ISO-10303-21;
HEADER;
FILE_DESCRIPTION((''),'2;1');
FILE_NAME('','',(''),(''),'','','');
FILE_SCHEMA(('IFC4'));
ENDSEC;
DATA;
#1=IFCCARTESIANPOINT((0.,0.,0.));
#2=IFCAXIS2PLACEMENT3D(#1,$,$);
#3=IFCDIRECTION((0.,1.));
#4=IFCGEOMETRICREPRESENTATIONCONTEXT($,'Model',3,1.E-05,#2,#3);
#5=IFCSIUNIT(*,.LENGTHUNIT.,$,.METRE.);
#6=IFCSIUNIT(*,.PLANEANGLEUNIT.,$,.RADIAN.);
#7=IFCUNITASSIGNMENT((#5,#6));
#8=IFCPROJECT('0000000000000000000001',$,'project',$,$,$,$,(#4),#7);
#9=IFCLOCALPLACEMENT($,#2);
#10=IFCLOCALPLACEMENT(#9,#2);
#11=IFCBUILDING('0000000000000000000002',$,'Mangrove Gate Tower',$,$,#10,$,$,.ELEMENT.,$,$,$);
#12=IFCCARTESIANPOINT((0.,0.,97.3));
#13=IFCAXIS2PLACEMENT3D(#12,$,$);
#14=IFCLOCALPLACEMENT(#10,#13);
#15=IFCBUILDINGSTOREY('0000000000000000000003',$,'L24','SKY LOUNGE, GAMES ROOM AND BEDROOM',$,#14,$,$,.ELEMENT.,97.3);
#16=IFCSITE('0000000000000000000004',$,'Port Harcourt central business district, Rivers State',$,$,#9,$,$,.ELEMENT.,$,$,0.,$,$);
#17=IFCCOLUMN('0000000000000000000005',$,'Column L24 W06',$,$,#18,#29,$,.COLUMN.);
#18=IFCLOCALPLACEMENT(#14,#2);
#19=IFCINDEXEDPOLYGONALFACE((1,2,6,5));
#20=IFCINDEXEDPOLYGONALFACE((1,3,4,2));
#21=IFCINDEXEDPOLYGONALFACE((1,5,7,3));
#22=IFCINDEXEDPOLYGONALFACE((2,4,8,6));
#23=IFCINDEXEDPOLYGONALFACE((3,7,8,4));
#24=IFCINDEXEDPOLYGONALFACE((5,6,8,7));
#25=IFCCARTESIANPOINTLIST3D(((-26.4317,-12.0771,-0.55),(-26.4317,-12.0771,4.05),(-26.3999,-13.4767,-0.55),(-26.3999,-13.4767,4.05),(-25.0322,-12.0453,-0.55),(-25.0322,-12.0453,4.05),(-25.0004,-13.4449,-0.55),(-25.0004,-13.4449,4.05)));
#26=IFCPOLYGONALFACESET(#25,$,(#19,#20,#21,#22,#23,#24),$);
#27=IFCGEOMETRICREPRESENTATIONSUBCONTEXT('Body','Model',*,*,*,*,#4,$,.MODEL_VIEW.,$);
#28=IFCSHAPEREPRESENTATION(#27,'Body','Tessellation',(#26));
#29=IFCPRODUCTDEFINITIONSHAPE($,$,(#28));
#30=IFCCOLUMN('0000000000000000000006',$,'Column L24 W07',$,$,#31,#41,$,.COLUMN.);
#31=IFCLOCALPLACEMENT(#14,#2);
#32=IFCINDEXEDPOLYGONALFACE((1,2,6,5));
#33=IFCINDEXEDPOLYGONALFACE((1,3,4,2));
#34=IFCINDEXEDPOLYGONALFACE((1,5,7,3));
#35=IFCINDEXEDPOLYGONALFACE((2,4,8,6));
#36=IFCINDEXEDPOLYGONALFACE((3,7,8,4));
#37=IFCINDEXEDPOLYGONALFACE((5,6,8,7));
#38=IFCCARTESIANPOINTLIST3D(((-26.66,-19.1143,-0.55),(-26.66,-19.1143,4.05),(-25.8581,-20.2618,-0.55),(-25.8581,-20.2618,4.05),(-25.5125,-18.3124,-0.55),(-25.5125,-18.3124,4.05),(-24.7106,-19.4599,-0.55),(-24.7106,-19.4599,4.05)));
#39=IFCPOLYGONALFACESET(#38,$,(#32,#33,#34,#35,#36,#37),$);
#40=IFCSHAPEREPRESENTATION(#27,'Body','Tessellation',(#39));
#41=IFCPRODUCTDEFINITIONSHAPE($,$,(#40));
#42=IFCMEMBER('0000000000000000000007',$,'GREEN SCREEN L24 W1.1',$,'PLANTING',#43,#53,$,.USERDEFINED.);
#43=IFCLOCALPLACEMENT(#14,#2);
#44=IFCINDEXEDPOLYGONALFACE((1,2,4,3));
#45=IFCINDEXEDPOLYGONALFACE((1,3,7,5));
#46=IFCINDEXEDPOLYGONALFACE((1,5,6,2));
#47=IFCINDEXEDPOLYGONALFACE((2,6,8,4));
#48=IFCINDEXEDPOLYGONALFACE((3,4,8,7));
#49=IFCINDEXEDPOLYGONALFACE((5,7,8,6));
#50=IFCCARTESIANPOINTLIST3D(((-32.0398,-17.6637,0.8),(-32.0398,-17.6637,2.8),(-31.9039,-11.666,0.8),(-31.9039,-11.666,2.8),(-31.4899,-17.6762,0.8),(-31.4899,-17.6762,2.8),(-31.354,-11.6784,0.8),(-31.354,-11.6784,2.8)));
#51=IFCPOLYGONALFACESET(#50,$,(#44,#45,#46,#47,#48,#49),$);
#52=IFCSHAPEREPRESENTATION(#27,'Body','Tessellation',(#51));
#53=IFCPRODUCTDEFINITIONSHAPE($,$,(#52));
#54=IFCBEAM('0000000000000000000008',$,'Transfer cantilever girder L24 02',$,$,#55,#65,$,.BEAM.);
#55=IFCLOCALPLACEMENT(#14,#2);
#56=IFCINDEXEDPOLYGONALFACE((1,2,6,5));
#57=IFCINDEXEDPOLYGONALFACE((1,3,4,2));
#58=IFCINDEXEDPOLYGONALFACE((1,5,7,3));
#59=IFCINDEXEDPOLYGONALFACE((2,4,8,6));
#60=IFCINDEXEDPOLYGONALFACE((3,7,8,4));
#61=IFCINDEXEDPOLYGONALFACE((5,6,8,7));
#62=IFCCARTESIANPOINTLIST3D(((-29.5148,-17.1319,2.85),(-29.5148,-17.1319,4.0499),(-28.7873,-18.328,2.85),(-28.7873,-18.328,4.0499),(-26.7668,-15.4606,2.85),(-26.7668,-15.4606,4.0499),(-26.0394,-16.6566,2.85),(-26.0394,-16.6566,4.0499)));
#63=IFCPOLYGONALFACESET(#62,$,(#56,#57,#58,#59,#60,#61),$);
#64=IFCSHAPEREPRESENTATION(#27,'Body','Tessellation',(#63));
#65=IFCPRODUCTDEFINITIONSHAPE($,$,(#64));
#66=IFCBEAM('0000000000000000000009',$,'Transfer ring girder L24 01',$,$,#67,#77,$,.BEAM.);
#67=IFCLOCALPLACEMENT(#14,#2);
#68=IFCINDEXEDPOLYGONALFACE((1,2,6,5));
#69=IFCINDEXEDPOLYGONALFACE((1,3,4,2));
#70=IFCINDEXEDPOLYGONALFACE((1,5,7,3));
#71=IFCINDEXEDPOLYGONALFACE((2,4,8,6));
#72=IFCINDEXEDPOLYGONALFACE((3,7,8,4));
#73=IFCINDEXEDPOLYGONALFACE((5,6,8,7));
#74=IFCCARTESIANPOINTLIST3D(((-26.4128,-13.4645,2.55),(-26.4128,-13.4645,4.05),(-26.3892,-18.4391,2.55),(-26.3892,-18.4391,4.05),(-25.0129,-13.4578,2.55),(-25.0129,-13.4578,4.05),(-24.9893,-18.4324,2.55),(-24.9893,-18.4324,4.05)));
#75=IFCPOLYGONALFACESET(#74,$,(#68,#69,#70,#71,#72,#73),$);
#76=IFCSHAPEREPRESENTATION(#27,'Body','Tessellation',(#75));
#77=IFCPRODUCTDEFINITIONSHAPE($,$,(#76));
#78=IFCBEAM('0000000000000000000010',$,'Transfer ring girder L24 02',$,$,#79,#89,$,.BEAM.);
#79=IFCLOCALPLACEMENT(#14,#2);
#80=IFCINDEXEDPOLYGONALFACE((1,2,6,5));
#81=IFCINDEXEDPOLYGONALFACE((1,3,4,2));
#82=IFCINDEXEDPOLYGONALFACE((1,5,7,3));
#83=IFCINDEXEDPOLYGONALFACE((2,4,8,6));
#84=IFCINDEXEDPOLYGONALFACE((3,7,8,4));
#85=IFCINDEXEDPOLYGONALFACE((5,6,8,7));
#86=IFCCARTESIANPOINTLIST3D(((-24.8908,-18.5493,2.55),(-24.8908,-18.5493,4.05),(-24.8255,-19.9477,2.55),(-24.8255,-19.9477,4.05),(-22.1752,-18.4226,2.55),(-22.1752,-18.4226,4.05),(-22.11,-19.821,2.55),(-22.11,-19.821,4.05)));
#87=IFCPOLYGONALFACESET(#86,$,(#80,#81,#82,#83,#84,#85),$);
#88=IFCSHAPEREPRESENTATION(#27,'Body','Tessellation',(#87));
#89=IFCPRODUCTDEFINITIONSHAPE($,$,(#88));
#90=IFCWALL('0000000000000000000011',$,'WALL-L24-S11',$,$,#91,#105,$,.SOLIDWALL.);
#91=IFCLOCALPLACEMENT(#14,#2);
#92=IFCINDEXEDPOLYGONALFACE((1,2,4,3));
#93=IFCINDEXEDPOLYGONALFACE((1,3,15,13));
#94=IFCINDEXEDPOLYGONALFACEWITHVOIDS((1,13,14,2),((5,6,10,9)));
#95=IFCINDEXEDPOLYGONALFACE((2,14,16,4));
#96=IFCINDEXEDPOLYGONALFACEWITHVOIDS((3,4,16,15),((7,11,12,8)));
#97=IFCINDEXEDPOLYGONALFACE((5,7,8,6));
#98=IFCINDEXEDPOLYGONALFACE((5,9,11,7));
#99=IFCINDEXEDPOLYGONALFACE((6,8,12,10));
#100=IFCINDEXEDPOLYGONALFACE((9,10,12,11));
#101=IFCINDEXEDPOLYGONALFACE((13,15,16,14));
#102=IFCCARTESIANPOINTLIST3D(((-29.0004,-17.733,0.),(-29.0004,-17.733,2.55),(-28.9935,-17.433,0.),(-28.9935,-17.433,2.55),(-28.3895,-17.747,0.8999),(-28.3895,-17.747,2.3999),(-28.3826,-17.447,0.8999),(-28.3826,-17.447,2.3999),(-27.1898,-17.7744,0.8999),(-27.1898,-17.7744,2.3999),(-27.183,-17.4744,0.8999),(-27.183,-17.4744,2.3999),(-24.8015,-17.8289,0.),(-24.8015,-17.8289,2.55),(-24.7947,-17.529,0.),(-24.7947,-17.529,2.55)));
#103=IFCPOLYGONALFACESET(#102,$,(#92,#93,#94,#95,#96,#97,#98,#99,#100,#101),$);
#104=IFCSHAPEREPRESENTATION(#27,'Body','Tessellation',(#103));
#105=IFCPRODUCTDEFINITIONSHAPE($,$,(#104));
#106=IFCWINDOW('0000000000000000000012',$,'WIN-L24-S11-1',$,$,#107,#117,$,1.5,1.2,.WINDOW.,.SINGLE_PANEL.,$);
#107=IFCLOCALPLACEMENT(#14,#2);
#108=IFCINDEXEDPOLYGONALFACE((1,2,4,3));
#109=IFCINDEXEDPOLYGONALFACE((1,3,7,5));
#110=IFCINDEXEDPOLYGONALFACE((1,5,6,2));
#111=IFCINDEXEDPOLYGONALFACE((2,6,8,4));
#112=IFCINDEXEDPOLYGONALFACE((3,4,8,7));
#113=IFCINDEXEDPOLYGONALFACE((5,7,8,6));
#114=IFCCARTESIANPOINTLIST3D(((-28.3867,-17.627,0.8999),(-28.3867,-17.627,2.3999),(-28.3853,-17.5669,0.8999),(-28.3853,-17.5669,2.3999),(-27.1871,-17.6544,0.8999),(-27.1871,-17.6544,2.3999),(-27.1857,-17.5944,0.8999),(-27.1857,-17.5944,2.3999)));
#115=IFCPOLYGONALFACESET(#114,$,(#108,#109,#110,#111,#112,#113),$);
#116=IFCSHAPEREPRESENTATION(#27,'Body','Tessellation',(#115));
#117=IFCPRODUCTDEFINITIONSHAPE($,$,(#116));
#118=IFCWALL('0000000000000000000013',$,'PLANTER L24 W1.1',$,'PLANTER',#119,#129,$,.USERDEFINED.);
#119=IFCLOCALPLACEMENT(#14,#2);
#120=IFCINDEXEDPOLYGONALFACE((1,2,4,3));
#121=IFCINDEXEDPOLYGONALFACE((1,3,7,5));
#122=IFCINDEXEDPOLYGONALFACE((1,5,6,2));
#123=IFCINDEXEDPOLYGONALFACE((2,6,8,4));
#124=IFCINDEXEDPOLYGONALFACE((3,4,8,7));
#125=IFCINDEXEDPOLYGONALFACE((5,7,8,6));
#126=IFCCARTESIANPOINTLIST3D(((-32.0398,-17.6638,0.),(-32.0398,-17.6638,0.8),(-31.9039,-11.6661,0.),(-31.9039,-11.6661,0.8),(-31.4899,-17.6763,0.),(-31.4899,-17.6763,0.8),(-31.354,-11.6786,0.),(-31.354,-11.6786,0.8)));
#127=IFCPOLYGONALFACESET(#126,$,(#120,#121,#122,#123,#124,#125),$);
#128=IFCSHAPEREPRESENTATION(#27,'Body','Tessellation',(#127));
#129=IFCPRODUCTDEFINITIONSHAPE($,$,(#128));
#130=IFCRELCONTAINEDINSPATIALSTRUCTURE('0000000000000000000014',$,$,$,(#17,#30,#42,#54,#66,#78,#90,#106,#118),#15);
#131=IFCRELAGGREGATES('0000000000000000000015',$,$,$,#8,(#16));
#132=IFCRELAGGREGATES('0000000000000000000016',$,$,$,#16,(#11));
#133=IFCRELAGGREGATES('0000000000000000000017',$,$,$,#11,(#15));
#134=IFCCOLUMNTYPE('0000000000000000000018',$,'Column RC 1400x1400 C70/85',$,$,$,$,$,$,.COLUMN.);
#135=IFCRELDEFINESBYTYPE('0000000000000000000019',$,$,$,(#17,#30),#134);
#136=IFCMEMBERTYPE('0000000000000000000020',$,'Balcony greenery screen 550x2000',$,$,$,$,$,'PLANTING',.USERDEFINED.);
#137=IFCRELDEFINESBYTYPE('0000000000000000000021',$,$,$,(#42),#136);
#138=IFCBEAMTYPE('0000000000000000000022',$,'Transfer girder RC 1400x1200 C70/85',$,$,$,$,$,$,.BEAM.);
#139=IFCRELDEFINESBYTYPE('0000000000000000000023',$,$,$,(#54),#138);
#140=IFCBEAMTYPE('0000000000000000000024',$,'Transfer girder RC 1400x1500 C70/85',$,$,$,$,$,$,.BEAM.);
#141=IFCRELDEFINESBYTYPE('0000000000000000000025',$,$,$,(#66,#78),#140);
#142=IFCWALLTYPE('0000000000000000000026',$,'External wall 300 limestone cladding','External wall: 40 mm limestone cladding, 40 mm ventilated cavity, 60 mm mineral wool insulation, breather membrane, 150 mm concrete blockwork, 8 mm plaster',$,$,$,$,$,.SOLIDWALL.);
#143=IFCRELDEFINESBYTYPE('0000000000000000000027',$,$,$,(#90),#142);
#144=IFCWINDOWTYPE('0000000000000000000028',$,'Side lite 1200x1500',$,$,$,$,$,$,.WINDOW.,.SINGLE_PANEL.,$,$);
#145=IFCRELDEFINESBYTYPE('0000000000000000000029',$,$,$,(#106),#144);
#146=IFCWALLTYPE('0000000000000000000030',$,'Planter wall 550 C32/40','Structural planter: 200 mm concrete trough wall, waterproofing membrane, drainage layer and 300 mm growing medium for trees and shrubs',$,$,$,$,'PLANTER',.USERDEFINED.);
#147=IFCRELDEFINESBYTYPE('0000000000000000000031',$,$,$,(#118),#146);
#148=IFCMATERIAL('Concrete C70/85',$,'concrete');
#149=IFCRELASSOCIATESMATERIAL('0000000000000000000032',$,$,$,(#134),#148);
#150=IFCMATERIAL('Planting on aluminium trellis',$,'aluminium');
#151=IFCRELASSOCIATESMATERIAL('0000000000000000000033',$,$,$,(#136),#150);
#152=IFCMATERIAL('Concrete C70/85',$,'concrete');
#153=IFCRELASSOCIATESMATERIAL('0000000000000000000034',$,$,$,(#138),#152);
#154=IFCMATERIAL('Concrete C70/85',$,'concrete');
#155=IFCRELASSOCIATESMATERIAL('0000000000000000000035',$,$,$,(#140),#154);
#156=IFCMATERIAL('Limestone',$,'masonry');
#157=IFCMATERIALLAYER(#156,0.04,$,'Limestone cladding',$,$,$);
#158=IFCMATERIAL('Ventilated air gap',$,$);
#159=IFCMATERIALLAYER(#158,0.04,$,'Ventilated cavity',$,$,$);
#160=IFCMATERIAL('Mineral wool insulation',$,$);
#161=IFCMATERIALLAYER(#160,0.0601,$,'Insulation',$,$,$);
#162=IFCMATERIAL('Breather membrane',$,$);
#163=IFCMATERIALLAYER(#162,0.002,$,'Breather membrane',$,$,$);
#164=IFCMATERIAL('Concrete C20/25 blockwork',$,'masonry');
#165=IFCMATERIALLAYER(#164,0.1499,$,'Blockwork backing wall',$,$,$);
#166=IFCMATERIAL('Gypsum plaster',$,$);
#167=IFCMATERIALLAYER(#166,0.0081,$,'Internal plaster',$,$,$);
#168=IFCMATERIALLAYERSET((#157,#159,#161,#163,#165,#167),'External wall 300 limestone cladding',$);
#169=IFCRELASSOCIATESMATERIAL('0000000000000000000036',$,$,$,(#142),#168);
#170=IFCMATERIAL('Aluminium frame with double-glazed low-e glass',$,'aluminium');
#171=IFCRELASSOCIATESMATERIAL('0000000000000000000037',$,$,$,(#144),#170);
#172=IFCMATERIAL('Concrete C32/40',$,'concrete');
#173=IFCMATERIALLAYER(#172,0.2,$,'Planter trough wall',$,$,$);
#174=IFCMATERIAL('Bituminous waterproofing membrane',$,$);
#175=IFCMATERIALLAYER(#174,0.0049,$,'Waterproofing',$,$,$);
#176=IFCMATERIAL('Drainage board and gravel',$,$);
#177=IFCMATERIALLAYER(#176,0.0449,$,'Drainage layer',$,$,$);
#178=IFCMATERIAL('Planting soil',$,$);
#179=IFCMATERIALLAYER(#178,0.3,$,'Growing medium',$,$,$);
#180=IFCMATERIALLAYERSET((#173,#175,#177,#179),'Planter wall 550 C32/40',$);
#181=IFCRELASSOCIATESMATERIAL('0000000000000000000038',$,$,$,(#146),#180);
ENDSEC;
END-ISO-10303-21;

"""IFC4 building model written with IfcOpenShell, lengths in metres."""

from ifc_helpers import new_model, si_unit, direction, frame, frame_2d, origin, origin_2d, place, context, subcontext, project, spatial, rectangle, extrude, material, layer, layer_set, material_profile, profile_set, type_object, element, fill, save


model = new_model("IFC4")

# Units and contexts
model_context = context("Model", 3, precision=1e-05, world=origin(), true_north=direction((0.0, 1.0)))
body_context = subcontext(model_context, "Body", "Model", "MODEL_VIEW")
ifc_project = project(units=[si_unit("LENGTHUNIT", "METRE"), si_unit("PLANEANGLEUNIT", "RADIAN")], contexts=[model_context])

# Site, building, storey
site_placement = place(None, origin())
site = spatial("IfcSite", under=ifc_project, at=site_placement, Name="Port Harcourt central business district, Rivers State", CompositionType="ELEMENT", RefElevation=0.0)
building_placement = place(site_placement, origin())
building = spatial("IfcBuilding", under=site, at=building_placement, Name="Mangrove Gate Tower", CompositionType="ELEMENT")
storey_placement = place(building_placement, frame((0.0, 0.0, 97.3)))
storey = spatial("IfcBuildingStorey", under=building, at=storey_placement, Name="L24", Description="SKY LOUNGE, GAMES ROOM AND BEDROOM", CompositionType="ELEMENT", Elevation=97.3)

# Columns
ifc_material_1 = material(Name="Concrete C70/85", Category="concrete")
ifc_material_profile_1 = material_profile(ifc_material_1, rectangle(XDim=1.3999, YDim=1.3999, at=origin_2d()))
ifc_profile_set_1 = profile_set([ifc_material_profile_1], Name="Concrete C70/85")
column_type = type_object("IfcColumnType", Name="Column RC 1400x1400 C70/85", PredefinedType="COLUMN", material=ifc_profile_set_1)
for number, where, z_axis, x_axis, name in (
    (1, (-25.7161, -12.761, -0.55), (0.0, 0.0, 1.0), (0.022712, -0.999742, 0.0), "Column L24 W06"),
    (2, (-25.6853, -19.2871, -0.55), (0.0, 0.0, 1.0), (0.572799, -0.819696, 0.0), "Column L24 W07"),
):
    element("IfcColumn", number, at=place(storey_placement, frame(where, z_axis=z_axis, x_axis=x_axis)), inside=storey, type_object=column_type, Name=name, PredefinedType="COLUMN", context=body_context, shape_type="SweptSolid", body=[
        extrude(rectangle(XDim=1.3999, YDim=1.3999, at=origin_2d()), origin(), (0.0, 0.0, 1.0), 4.6001),
    ])

# Member
ifc_material_2 = material(Name="Planting on aluminium trellis", Category="aluminium")
ifc_material_profile_2 = material_profile(ifc_material_2, rectangle(XDim=0.55, YDim=2.0, at=origin_2d()))
ifc_profile_set_2 = profile_set([ifc_material_profile_2], Name="Planting on aluminium trellis")
member_type = type_object("IfcMemberType", Name="Balcony greenery screen 550x2000", ElementType="PLANTING", PredefinedType="USERDEFINED", material=ifc_profile_set_2)
member_placement = place(storey_placement, frame((-31.7649, -17.6699, 1.8), z_axis=(0.022667, 0.999743, 0.0), x_axis=(-0.999743, 0.022667, 0.0)))
element("IfcMember", 3, at=member_placement, inside=storey, type_object=member_type, Name="GREEN SCREEN L24 W1.1", ObjectType="PLANTING", PredefinedType="USERDEFINED", context=body_context, shape_type="SweptSolid", body=[
    extrude(rectangle(XDim=0.55, YDim=2.0, at=origin_2d()), origin(), (0.0, 0.0, 1.0), 5.9993),
])

# Beams
ifc_material_3 = material(Name="Concrete C70/85", Category="concrete")
ifc_material_profile_3 = material_profile(ifc_material_3, rectangle(XDim=1.3999, YDim=1.2, at=origin_2d()))
ifc_profile_set_3 = profile_set([ifc_material_profile_3], Name="Concrete C70/85")
beam_type_1 = type_object("IfcBeamType", Name="Transfer girder RC 1400x1200 C70/85", PredefinedType="BEAM", material=ifc_profile_set_3)
beam_1_placement = place(storey_placement, frame((-26.4031, -16.0586, 3.45), z_axis=(-0.854383, -0.519644, 0.0), x_axis=(0.519644, -0.854383, 0.0)))
element("IfcBeam", 4, at=beam_1_placement, inside=storey, type_object=beam_type_1, Name="Transfer cantilever girder L24 02", PredefinedType="BEAM", context=body_context, shape_type="SweptSolid", body=[
    extrude(rectangle(XDim=1.3999, YDim=1.2, at=origin_2d()), origin(), (0.0, 0.0, 1.0), 3.2163),
])
ifc_material_4 = material(Name="Concrete C70/85", Category="concrete")
ifc_material_profile_4 = material_profile(ifc_material_4, rectangle(XDim=1.3999, YDim=1.5, at=origin_2d()))
ifc_profile_set_4 = profile_set([ifc_material_profile_4], Name="Concrete C70/85")
beam_type_2 = type_object("IfcBeamType", Name="Transfer girder RC 1400x1500 C70/85", PredefinedType="BEAM", material=ifc_profile_set_4)
beam_2_placement = place(storey_placement, frame((-25.7129, -13.4612, 3.3), z_axis=(0.00476, -0.999989, 0.0), x_axis=(0.999989, 0.00476, 0.0)))
element("IfcBeam", 5, at=beam_2_placement, inside=storey, type_object=beam_type_2, Name="Transfer ring girder L24 01", PredefinedType="BEAM", context=body_context, shape_type="SweptSolid", body=[
    extrude(rectangle(XDim=1.3999, YDim=1.5, at=origin_2d()), origin(), (0.0, 0.0, 1.0), 4.9746),
])
beam_3_placement = place(storey_placement, frame((-24.8582, -19.2485, 3.3), z_axis=(0.998913, 0.046609, 0.0), x_axis=(-0.046609, 0.998913, 0.0)))
element("IfcBeam", 6, at=beam_3_placement, inside=storey, type_object=beam_type_2, Name="Transfer ring girder L24 02", PredefinedType="BEAM", context=body_context, shape_type="SweptSolid", body=[
    extrude(rectangle(XDim=1.3999, YDim=1.5, at=origin_2d()), origin(), (0.0, 0.0, 1.0), 2.7185),
])

# Wall, opening, window
ifc_material_5 = material(Name="Limestone", Category="masonry")
ifc_layer_1 = layer(ifc_material_5, 0.04, Name="Limestone cladding")
ifc_material_6 = material(Name="Ventilated air gap")
ifc_layer_2 = layer(ifc_material_6, 0.04, Name="Ventilated cavity")
ifc_material_7 = material(Name="Mineral wool insulation")
ifc_layer_3 = layer(ifc_material_7, 0.0601, Name="Insulation")
ifc_material_8 = material(Name="Breather membrane")
ifc_layer_4 = layer(ifc_material_8, 0.002, Name="Breather membrane")
ifc_material_9 = material(Name="Concrete C20/25 blockwork", Category="masonry")
ifc_layer_5 = layer(ifc_material_9, 0.1499, Name="Blockwork backing wall")
ifc_material_10 = material(Name="Gypsum plaster")
ifc_layer_6 = layer(ifc_material_10, 0.0081, Name="Internal plaster")
ifc_layer_set_1 = layer_set([ifc_layer_1, ifc_layer_2, ifc_layer_3, ifc_layer_4, ifc_layer_5, ifc_layer_6], Name="External wall 300 limestone cladding")
wall_type_1 = type_object("IfcWallType", Name="External wall 300 limestone cladding", Description="External wall: 40 mm limestone cladding, 40 mm ventilated cavity, 60 mm mineral wool insulation, breather membrane, 150 mm concrete blockwork, 8 mm plaster", PredefinedType="SOLIDWALL", material=ifc_layer_set_1)
wall_1_placement = place(storey_placement, frame((-28.9971, -17.583, 0.0), z_axis=(0.0, 0.0, 1.0), x_axis=(0.999739, -0.022844, 0.0)))
wall_1 = element("IfcWall", 7, at=wall_1_placement, inside=storey, type_object=wall_type_1, Name="WALL-L24-S11", PredefinedType="SOLIDWALL", context=body_context, shape_type="SweptSolid", body=[
    extrude(rectangle(XDim=4.2, YDim=0.3, at=frame_2d((2.1001, 0.0))), origin(), (0.0, 0.0, 1.0), 2.55),
])
opening_1_placement = place(wall_1_placement, frame((0.6111, 0.0, 0.8999)))
opening_1 = element("IfcOpeningElement", 8, at=opening_1_placement, cuts=wall_1, PredefinedType="OPENING", context=body_context, shape_type="SweptSolid", body=[
    extrude(rectangle(XDim=1.2, YDim=1.5, at=frame_2d((0.6001, 0.75))), frame((0.0, 0.1599, 0.0), z_axis=(0.0, -1.0, 0.0), x_axis=(1.0, 0.0, 0.0)), (0.0, 0.0, 1.0), 0.3201),
])
ifc_material_11 = material(Name="Aluminium frame with double-glazed low-e glass", Category="aluminium")
window_type_1 = type_object("IfcWindowType", Name="Side lite 1200x1500", PartitioningType="SINGLE_PANEL", PredefinedType="WINDOW", material=ifc_material_11)
window_1_placement = place(opening_1_placement, origin())
window_1 = element("IfcWindow", 9, at=window_1_placement, inside=storey, type_object=window_type_1, Name="WIN-L24-S11-1", OverallHeight=1.5, OverallWidth=1.2, PartitioningType="SINGLE_PANEL", PredefinedType="WINDOW", context=body_context, shape_type="SweptSolid", body=[
    extrude(rectangle(XDim=1.2, YDim=1.5, at=frame_2d((0.6001, 0.75))), frame((0.0, 0.03, 0.0), z_axis=(0.0, -1.0, 0.0), x_axis=(1.0, 0.0, 0.0)), (0.0, 0.0, 1.0), 0.0601),
])
fill(opening_1, window_1)

# Wall
ifc_material_12 = material(Name="Concrete C32/40", Category="concrete")
ifc_layer_7 = layer(ifc_material_12, 0.2, Name="Planter trough wall")
ifc_material_13 = material(Name="Bituminous waterproofing membrane")
ifc_layer_8 = layer(ifc_material_13, 0.0049, Name="Waterproofing")
ifc_material_14 = material(Name="Drainage board and gravel")
ifc_layer_9 = layer(ifc_material_14, 0.0449, Name="Drainage layer")
ifc_material_15 = material(Name="Planting soil")
ifc_layer_10 = layer(ifc_material_15, 0.3, Name="Growing medium")
ifc_layer_set_2 = layer_set([ifc_layer_7, ifc_layer_8, ifc_layer_9, ifc_layer_10], Name="Planter wall 550 C32/40")
wall_type_2 = type_object("IfcWallType", Name="Planter wall 550 C32/40", Description="Structural planter: 200 mm concrete trough wall, waterproofing membrane, drainage layer and 300 mm growing medium for trees and shrubs", ElementType="PLANTER", PredefinedType="USERDEFINED", material=ifc_layer_set_2)
wall_2_placement = place(storey_placement, frame((-31.7649, -17.6699, 0.0), z_axis=(0.0, 0.0, 1.0), x_axis=(0.022667, 0.999743, 0.0)))
element("IfcWall", 10, at=wall_2_placement, inside=storey, type_object=wall_type_2, Name="PLANTER L24 W1.1", ObjectType="PLANTER", PredefinedType="USERDEFINED", context=body_context, shape_type="SweptSolid", body=[
    extrude(rectangle(XDim=5.9993, YDim=0.55, at=frame_2d((2.9995, 0.0))), origin(), (0.0, 0.0, 1.0), 0.8),
])

save(model, "model.ifc")
